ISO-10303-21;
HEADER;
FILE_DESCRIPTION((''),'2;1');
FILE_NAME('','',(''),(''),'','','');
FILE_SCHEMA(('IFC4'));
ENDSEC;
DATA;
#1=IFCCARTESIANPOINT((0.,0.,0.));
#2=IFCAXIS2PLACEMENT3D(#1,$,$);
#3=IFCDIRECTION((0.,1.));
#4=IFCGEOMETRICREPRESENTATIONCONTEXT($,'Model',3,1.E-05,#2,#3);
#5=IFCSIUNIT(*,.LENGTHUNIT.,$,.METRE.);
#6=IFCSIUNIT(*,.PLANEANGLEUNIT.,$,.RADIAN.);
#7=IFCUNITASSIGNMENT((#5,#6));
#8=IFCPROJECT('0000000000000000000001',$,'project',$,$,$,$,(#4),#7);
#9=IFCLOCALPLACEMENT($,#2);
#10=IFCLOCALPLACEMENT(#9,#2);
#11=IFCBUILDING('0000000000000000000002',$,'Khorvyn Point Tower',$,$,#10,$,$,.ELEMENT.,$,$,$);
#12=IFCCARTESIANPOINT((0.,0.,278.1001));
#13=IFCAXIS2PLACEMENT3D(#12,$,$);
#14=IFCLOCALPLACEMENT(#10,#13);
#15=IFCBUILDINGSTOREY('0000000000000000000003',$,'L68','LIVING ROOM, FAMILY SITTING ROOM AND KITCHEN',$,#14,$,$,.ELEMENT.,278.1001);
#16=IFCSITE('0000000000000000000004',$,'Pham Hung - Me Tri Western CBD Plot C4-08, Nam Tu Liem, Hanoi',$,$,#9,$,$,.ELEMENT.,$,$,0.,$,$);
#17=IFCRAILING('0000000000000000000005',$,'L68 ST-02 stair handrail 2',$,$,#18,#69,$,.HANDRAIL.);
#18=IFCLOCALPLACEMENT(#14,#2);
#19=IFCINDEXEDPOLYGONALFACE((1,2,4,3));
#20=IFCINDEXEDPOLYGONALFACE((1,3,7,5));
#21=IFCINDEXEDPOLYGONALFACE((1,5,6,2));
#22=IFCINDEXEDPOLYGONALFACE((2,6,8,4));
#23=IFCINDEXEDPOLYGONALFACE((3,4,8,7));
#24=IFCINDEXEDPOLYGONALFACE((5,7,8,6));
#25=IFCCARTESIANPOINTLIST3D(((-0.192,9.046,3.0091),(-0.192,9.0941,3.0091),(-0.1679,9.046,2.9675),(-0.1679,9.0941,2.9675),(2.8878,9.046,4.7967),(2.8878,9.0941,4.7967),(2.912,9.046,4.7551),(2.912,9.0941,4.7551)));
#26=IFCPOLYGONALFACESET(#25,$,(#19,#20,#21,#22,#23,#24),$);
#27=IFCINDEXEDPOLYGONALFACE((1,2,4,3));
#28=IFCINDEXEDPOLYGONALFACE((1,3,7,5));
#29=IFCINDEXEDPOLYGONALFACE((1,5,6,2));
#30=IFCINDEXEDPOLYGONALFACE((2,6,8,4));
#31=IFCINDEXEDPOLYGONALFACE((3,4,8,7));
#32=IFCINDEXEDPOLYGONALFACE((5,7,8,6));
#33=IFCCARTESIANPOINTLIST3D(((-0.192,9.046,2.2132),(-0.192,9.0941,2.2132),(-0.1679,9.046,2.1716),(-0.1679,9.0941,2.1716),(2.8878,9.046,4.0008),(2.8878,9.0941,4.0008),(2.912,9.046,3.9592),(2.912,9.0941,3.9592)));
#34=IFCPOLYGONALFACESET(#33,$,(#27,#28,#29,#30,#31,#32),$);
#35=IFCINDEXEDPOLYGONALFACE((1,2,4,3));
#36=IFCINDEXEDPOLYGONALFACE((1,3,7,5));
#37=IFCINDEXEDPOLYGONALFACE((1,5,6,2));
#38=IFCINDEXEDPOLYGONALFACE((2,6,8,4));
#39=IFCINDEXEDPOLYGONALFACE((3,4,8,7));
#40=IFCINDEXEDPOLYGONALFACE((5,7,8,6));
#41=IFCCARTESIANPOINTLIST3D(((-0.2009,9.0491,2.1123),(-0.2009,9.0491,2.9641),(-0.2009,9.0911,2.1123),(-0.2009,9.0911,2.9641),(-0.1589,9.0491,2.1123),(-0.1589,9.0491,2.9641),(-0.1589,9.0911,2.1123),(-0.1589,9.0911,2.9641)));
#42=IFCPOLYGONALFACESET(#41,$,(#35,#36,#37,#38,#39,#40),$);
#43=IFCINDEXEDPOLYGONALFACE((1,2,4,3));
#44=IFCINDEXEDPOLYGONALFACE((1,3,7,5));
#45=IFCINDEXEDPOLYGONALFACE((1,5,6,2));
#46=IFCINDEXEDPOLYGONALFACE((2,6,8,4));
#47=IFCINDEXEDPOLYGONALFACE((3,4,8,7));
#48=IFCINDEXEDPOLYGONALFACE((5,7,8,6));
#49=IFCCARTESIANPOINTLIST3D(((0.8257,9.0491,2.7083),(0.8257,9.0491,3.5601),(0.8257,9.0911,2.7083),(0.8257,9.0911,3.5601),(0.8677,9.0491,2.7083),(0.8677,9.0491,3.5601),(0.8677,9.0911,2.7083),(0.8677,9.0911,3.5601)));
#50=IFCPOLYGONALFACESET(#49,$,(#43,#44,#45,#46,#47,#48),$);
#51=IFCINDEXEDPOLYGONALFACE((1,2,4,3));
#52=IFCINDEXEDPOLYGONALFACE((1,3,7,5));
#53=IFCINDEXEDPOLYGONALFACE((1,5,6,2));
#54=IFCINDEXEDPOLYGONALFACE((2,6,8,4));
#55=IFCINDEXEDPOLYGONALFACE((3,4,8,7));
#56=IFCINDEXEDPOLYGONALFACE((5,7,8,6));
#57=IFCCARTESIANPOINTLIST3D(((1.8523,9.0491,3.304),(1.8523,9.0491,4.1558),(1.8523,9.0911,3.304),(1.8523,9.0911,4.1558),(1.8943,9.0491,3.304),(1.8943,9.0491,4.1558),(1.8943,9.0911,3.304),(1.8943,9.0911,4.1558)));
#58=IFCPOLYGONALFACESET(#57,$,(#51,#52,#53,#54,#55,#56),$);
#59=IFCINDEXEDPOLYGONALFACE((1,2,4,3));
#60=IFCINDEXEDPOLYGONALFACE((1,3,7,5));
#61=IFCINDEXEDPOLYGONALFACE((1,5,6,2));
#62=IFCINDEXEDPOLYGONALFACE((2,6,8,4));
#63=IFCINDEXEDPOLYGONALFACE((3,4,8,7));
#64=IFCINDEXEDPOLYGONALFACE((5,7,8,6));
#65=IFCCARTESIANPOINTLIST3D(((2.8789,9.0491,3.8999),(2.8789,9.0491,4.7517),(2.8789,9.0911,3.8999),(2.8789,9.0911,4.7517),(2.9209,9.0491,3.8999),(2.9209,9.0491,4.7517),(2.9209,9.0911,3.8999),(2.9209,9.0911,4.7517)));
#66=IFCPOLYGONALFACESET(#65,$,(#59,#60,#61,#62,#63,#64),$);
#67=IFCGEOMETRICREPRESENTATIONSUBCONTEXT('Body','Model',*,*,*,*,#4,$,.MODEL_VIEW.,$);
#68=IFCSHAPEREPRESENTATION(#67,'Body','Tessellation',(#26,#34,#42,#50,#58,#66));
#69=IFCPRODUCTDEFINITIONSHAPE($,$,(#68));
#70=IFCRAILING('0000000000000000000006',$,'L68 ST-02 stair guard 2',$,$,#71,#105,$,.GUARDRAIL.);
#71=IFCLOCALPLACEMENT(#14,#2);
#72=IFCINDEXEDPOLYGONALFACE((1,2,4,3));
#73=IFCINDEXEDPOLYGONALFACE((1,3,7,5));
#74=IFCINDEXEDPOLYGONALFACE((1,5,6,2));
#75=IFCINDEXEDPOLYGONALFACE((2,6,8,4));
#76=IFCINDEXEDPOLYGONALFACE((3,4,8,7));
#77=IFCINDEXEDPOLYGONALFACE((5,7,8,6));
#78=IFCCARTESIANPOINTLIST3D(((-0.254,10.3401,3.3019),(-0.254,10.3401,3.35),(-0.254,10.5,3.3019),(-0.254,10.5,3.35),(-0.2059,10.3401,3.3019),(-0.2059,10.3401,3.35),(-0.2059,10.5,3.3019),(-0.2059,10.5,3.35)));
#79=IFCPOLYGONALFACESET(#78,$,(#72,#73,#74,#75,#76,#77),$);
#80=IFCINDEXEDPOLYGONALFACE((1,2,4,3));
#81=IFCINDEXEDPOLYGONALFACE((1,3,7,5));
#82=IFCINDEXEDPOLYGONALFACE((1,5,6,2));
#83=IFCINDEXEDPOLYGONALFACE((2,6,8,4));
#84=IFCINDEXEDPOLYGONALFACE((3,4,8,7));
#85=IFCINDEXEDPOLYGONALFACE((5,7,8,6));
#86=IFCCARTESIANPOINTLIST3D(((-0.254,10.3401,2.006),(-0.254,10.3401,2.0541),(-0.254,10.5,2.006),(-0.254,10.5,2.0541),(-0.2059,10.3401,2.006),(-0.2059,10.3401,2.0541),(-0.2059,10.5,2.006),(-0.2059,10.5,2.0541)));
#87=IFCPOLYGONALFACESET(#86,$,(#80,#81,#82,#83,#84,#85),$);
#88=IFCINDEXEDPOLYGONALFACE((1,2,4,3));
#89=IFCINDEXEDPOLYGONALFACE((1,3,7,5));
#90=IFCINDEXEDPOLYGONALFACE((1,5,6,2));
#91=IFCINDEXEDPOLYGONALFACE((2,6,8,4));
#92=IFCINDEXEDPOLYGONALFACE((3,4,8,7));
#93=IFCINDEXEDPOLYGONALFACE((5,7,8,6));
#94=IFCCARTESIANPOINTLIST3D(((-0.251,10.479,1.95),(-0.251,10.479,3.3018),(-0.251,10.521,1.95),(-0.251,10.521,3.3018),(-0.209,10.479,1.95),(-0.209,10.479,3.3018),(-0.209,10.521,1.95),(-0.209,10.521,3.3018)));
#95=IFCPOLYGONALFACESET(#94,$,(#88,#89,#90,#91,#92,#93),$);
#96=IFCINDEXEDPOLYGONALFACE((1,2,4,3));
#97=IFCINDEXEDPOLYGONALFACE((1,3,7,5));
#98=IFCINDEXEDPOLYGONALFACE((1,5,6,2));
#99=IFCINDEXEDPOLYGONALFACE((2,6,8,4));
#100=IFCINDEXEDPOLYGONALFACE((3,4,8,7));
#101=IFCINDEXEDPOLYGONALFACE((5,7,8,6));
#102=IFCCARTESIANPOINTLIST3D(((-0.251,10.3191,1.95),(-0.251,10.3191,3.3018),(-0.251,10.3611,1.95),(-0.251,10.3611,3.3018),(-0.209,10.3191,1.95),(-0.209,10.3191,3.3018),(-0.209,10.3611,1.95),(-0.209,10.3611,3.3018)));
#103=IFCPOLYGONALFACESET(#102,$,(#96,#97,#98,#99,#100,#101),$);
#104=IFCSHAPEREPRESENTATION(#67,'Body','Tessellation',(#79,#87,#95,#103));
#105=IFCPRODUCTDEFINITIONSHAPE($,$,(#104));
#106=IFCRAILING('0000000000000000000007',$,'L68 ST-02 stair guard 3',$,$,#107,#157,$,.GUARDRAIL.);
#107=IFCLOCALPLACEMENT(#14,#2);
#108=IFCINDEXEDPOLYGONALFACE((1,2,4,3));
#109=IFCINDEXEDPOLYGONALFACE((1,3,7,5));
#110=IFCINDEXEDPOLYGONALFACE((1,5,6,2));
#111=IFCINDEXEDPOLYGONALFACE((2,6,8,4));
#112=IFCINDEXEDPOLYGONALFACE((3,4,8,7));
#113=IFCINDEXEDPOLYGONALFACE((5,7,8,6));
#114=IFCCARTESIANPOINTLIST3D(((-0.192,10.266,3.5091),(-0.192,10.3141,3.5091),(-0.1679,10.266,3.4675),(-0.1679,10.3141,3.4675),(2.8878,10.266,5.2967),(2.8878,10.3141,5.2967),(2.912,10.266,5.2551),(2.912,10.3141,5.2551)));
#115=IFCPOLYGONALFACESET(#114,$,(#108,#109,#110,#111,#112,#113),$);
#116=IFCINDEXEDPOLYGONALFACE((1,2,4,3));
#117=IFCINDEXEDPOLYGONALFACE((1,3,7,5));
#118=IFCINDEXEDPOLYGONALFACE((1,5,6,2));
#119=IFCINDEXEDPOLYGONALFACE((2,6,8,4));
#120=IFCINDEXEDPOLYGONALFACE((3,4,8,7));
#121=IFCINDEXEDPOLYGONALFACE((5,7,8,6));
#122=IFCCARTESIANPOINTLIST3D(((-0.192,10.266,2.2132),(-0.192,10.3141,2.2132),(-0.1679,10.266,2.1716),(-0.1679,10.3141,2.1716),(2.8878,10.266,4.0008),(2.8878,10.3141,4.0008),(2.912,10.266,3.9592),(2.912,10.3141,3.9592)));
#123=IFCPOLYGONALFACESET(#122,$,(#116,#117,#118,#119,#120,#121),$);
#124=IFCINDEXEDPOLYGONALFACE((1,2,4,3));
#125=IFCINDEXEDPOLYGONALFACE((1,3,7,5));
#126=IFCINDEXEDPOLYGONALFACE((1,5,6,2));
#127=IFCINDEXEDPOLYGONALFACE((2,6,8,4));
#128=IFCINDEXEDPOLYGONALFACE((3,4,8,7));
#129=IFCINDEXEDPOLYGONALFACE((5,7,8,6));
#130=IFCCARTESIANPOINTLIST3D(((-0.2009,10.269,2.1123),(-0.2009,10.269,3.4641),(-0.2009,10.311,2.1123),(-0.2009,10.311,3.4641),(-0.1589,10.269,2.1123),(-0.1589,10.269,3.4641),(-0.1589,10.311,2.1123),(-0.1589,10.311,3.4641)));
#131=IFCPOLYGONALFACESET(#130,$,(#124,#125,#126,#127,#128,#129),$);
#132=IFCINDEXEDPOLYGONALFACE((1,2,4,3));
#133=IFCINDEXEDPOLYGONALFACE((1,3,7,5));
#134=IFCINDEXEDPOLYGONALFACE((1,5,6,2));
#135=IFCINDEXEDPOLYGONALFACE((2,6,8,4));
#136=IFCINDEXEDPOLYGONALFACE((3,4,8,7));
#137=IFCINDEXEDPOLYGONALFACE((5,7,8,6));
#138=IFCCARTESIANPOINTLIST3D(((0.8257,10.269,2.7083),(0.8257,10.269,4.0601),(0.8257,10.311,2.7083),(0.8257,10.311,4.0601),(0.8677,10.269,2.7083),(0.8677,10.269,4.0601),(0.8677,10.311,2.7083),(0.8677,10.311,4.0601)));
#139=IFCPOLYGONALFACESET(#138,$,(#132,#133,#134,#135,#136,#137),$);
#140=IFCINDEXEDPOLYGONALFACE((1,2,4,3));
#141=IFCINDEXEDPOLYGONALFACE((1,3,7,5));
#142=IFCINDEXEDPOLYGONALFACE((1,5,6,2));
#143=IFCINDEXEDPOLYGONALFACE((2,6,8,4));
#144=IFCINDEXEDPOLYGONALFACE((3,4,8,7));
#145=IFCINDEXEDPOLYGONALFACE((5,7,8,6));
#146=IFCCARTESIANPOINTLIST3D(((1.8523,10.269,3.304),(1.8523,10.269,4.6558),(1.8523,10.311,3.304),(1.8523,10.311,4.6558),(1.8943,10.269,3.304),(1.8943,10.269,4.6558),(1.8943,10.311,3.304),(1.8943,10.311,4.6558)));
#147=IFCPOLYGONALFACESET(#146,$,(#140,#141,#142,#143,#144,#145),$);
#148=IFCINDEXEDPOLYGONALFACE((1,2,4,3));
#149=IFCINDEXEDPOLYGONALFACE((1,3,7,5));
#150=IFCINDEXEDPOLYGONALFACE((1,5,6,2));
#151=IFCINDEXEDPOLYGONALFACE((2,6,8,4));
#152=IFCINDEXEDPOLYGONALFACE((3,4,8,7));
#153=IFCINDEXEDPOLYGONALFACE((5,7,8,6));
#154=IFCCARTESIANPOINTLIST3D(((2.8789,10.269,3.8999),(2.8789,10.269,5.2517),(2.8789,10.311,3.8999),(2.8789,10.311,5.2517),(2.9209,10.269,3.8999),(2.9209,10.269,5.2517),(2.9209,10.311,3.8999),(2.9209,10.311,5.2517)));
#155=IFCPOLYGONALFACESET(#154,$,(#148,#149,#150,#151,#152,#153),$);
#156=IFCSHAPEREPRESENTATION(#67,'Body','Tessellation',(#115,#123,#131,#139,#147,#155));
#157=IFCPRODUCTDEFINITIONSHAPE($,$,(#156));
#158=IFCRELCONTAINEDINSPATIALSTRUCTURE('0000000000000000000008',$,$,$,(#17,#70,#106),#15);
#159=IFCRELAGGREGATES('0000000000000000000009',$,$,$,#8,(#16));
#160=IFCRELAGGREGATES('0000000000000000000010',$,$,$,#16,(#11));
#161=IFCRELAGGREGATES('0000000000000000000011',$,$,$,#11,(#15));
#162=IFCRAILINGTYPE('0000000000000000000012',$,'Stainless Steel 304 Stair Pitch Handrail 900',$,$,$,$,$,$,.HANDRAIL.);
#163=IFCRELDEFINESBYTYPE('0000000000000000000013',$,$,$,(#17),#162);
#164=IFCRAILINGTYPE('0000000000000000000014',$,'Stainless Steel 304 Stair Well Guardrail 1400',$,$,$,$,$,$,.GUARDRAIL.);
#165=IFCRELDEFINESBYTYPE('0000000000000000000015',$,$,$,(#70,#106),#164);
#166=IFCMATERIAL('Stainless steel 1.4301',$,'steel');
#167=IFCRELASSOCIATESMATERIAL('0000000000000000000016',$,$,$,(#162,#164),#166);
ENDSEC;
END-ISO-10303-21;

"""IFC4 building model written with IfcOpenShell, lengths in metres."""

from ifc_helpers import new_model, si_unit, direction, frame, origin, origin_2d, place, context, subcontext, project, spatial, rectangle, extrude, material, type_object, element, save


model = new_model("IFC4")

# Units and contexts
model_context = context("Model", 3, precision=1e-05, world=origin(), true_north=direction((0.0, 1.0)))
body_context = subcontext(model_context, "Body", "Model", "MODEL_VIEW")
ifc_project = project(units=[si_unit("LENGTHUNIT", "METRE"), si_unit("PLANEANGLEUNIT", "RADIAN")], contexts=[model_context])

# Site, building, storey
site_placement = place(None, origin())
site = spatial("IfcSite", under=ifc_project, at=site_placement, Name="Pham Hung - Me Tri Western CBD Plot C4-08, Nam Tu Liem, Hanoi", CompositionType="ELEMENT", RefElevation=0.0)
building_placement = place(site_placement, origin())
building = spatial("IfcBuilding", under=site, at=building_placement, Name="Khorvyn Point Tower", CompositionType="ELEMENT")
storey_placement = place(building_placement, frame((0.0, 0.0, 278.1001)))
storey = spatial("IfcBuildingStorey", under=building, at=storey_placement, Name="L68", Description="LIVING ROOM, FAMILY SITTING ROOM AND KITCHEN", CompositionType="ELEMENT", Elevation=278.1001)

# Railings
ifc_material_1 = material(Name="Stainless steel 1.4301", Category="steel")
railing_type_1 = type_object("IfcRailingType", Name="Stainless Steel 304 Stair Pitch Handrail 900", PredefinedType="HANDRAIL", material=ifc_material_1)
railing_1_placement = place(storey_placement, frame((-0.1799, 9.0701, 2.1123)))
element("IfcRailing", 1, at=railing_1_placement, inside=storey, type_object=railing_type_1, Name="L68 ST-02 stair handrail 2", PredefinedType="HANDRAIL", context=body_context, shape_type="SweptSolid", body=[
    extrude(rectangle(XDim=0.0481, YDim=0.0481, at=origin_2d()), frame((0.0, 0.0, 0.876), z_axis=(0.864873, 0.0, 0.50199), x_axis=(0.0, 1.0, 0.0)), (0.0, 0.0, 1.0), 3.561),
    extrude(rectangle(XDim=0.0481, YDim=0.0481, at=origin_2d()), frame((0.0, 0.0, 0.0801), z_axis=(0.864873, 0.0, 0.50199), x_axis=(0.0, 1.0, 0.0)), (0.0, 0.0, 1.0), 3.561),
    extrude(rectangle(XDim=0.042, YDim=0.042, at=origin_2d()), origin(), (0.0, 0.0, 1.0), 0.8518),
    extrude(rectangle(XDim=0.042, YDim=0.042, at=origin_2d()), frame((1.0266, 0.0, 0.5959)), (0.0, 0.0, 1.0), 0.8518),
    extrude(rectangle(XDim=0.042, YDim=0.042, at=origin_2d()), frame((2.0532, 0.0, 1.1917)), (0.0, 0.0, 1.0), 0.8518),
    extrude(rectangle(XDim=0.042, YDim=0.042, at=origin_2d()), frame((3.0798, 0.0, 1.7876)), (0.0, 0.0, 1.0), 0.8518),
])
railing_type_2 = type_object("IfcRailingType", Name="Stainless Steel 304 Stair Well Guardrail 1400", PredefinedType="GUARDRAIL", material=ifc_material_1)
railing_2_placement = place(storey_placement, frame((-0.23, 10.5, 1.95)))
element("IfcRailing", 2, at=railing_2_placement, inside=storey, type_object=railing_type_2, Name="L68 ST-02 stair guard 2", PredefinedType="GUARDRAIL", context=body_context, shape_type="SweptSolid", body=[
    extrude(rectangle(XDim=0.0481, YDim=0.0481, at=origin_2d()), frame((0.0, 0.0, 1.376), z_axis=(0.0, -1.0, 0.0), x_axis=(1.0, 0.0, 0.0)), (0.0, 0.0, 1.0), 0.1599),
    extrude(rectangle(XDim=0.0481, YDim=0.0481, at=origin_2d()), frame((0.0, 0.0, 0.0801), z_axis=(0.0, -1.0, 0.0), x_axis=(1.0, 0.0, 0.0)), (0.0, 0.0, 1.0), 0.1599),
    extrude(rectangle(XDim=0.042, YDim=0.042, at=origin_2d()), origin(), (0.0, 0.0, 1.0), 1.3518),
    extrude(rectangle(XDim=0.042, YDim=0.042, at=origin_2d()), frame((0.0, -0.1599, 0.0)), (0.0, 0.0, 1.0), 1.3518),
])
railing_3_placement = place(storey_placement, frame((-0.1799, 10.29, 2.1123)))
element("IfcRailing", 3, at=railing_3_placement, inside=storey, type_object=railing_type_2, Name="L68 ST-02 stair guard 3", PredefinedType="GUARDRAIL", context=body_context, shape_type="SweptSolid", body=[
    extrude(rectangle(XDim=0.0481, YDim=0.0481, at=origin_2d()), frame((0.0, 0.0, 1.376), z_axis=(0.864873, 0.0, 0.50199), x_axis=(0.0, 1.0, 0.0)), (0.0, 0.0, 1.0), 3.561),
    extrude(rectangle(XDim=0.0481, YDim=0.0481, at=origin_2d()), frame((0.0, 0.0, 0.0801), z_axis=(0.864873, 0.0, 0.50199), x_axis=(0.0, 1.0, 0.0)), (0.0, 0.0, 1.0), 3.561),
    extrude(rectangle(XDim=0.042, YDim=0.042, at=origin_2d()), origin(), (0.0, 0.0, 1.0), 1.3518),
    extrude(rectangle(XDim=0.042, YDim=0.042, at=origin_2d()), frame((1.0266, 0.0, 0.5959)), (0.0, 0.0, 1.0), 1.3518),
    extrude(rectangle(XDim=0.042, YDim=0.042, at=origin_2d()), frame((2.0532, 0.0, 1.1917)), (0.0, 0.0, 1.0), 1.3518),
    extrude(rectangle(XDim=0.042, YDim=0.042, at=origin_2d()), frame((3.0798, 0.0, 1.7876)), (0.0, 0.0, 1.0), 1.3518),
])

save(model, "model.ifc")
